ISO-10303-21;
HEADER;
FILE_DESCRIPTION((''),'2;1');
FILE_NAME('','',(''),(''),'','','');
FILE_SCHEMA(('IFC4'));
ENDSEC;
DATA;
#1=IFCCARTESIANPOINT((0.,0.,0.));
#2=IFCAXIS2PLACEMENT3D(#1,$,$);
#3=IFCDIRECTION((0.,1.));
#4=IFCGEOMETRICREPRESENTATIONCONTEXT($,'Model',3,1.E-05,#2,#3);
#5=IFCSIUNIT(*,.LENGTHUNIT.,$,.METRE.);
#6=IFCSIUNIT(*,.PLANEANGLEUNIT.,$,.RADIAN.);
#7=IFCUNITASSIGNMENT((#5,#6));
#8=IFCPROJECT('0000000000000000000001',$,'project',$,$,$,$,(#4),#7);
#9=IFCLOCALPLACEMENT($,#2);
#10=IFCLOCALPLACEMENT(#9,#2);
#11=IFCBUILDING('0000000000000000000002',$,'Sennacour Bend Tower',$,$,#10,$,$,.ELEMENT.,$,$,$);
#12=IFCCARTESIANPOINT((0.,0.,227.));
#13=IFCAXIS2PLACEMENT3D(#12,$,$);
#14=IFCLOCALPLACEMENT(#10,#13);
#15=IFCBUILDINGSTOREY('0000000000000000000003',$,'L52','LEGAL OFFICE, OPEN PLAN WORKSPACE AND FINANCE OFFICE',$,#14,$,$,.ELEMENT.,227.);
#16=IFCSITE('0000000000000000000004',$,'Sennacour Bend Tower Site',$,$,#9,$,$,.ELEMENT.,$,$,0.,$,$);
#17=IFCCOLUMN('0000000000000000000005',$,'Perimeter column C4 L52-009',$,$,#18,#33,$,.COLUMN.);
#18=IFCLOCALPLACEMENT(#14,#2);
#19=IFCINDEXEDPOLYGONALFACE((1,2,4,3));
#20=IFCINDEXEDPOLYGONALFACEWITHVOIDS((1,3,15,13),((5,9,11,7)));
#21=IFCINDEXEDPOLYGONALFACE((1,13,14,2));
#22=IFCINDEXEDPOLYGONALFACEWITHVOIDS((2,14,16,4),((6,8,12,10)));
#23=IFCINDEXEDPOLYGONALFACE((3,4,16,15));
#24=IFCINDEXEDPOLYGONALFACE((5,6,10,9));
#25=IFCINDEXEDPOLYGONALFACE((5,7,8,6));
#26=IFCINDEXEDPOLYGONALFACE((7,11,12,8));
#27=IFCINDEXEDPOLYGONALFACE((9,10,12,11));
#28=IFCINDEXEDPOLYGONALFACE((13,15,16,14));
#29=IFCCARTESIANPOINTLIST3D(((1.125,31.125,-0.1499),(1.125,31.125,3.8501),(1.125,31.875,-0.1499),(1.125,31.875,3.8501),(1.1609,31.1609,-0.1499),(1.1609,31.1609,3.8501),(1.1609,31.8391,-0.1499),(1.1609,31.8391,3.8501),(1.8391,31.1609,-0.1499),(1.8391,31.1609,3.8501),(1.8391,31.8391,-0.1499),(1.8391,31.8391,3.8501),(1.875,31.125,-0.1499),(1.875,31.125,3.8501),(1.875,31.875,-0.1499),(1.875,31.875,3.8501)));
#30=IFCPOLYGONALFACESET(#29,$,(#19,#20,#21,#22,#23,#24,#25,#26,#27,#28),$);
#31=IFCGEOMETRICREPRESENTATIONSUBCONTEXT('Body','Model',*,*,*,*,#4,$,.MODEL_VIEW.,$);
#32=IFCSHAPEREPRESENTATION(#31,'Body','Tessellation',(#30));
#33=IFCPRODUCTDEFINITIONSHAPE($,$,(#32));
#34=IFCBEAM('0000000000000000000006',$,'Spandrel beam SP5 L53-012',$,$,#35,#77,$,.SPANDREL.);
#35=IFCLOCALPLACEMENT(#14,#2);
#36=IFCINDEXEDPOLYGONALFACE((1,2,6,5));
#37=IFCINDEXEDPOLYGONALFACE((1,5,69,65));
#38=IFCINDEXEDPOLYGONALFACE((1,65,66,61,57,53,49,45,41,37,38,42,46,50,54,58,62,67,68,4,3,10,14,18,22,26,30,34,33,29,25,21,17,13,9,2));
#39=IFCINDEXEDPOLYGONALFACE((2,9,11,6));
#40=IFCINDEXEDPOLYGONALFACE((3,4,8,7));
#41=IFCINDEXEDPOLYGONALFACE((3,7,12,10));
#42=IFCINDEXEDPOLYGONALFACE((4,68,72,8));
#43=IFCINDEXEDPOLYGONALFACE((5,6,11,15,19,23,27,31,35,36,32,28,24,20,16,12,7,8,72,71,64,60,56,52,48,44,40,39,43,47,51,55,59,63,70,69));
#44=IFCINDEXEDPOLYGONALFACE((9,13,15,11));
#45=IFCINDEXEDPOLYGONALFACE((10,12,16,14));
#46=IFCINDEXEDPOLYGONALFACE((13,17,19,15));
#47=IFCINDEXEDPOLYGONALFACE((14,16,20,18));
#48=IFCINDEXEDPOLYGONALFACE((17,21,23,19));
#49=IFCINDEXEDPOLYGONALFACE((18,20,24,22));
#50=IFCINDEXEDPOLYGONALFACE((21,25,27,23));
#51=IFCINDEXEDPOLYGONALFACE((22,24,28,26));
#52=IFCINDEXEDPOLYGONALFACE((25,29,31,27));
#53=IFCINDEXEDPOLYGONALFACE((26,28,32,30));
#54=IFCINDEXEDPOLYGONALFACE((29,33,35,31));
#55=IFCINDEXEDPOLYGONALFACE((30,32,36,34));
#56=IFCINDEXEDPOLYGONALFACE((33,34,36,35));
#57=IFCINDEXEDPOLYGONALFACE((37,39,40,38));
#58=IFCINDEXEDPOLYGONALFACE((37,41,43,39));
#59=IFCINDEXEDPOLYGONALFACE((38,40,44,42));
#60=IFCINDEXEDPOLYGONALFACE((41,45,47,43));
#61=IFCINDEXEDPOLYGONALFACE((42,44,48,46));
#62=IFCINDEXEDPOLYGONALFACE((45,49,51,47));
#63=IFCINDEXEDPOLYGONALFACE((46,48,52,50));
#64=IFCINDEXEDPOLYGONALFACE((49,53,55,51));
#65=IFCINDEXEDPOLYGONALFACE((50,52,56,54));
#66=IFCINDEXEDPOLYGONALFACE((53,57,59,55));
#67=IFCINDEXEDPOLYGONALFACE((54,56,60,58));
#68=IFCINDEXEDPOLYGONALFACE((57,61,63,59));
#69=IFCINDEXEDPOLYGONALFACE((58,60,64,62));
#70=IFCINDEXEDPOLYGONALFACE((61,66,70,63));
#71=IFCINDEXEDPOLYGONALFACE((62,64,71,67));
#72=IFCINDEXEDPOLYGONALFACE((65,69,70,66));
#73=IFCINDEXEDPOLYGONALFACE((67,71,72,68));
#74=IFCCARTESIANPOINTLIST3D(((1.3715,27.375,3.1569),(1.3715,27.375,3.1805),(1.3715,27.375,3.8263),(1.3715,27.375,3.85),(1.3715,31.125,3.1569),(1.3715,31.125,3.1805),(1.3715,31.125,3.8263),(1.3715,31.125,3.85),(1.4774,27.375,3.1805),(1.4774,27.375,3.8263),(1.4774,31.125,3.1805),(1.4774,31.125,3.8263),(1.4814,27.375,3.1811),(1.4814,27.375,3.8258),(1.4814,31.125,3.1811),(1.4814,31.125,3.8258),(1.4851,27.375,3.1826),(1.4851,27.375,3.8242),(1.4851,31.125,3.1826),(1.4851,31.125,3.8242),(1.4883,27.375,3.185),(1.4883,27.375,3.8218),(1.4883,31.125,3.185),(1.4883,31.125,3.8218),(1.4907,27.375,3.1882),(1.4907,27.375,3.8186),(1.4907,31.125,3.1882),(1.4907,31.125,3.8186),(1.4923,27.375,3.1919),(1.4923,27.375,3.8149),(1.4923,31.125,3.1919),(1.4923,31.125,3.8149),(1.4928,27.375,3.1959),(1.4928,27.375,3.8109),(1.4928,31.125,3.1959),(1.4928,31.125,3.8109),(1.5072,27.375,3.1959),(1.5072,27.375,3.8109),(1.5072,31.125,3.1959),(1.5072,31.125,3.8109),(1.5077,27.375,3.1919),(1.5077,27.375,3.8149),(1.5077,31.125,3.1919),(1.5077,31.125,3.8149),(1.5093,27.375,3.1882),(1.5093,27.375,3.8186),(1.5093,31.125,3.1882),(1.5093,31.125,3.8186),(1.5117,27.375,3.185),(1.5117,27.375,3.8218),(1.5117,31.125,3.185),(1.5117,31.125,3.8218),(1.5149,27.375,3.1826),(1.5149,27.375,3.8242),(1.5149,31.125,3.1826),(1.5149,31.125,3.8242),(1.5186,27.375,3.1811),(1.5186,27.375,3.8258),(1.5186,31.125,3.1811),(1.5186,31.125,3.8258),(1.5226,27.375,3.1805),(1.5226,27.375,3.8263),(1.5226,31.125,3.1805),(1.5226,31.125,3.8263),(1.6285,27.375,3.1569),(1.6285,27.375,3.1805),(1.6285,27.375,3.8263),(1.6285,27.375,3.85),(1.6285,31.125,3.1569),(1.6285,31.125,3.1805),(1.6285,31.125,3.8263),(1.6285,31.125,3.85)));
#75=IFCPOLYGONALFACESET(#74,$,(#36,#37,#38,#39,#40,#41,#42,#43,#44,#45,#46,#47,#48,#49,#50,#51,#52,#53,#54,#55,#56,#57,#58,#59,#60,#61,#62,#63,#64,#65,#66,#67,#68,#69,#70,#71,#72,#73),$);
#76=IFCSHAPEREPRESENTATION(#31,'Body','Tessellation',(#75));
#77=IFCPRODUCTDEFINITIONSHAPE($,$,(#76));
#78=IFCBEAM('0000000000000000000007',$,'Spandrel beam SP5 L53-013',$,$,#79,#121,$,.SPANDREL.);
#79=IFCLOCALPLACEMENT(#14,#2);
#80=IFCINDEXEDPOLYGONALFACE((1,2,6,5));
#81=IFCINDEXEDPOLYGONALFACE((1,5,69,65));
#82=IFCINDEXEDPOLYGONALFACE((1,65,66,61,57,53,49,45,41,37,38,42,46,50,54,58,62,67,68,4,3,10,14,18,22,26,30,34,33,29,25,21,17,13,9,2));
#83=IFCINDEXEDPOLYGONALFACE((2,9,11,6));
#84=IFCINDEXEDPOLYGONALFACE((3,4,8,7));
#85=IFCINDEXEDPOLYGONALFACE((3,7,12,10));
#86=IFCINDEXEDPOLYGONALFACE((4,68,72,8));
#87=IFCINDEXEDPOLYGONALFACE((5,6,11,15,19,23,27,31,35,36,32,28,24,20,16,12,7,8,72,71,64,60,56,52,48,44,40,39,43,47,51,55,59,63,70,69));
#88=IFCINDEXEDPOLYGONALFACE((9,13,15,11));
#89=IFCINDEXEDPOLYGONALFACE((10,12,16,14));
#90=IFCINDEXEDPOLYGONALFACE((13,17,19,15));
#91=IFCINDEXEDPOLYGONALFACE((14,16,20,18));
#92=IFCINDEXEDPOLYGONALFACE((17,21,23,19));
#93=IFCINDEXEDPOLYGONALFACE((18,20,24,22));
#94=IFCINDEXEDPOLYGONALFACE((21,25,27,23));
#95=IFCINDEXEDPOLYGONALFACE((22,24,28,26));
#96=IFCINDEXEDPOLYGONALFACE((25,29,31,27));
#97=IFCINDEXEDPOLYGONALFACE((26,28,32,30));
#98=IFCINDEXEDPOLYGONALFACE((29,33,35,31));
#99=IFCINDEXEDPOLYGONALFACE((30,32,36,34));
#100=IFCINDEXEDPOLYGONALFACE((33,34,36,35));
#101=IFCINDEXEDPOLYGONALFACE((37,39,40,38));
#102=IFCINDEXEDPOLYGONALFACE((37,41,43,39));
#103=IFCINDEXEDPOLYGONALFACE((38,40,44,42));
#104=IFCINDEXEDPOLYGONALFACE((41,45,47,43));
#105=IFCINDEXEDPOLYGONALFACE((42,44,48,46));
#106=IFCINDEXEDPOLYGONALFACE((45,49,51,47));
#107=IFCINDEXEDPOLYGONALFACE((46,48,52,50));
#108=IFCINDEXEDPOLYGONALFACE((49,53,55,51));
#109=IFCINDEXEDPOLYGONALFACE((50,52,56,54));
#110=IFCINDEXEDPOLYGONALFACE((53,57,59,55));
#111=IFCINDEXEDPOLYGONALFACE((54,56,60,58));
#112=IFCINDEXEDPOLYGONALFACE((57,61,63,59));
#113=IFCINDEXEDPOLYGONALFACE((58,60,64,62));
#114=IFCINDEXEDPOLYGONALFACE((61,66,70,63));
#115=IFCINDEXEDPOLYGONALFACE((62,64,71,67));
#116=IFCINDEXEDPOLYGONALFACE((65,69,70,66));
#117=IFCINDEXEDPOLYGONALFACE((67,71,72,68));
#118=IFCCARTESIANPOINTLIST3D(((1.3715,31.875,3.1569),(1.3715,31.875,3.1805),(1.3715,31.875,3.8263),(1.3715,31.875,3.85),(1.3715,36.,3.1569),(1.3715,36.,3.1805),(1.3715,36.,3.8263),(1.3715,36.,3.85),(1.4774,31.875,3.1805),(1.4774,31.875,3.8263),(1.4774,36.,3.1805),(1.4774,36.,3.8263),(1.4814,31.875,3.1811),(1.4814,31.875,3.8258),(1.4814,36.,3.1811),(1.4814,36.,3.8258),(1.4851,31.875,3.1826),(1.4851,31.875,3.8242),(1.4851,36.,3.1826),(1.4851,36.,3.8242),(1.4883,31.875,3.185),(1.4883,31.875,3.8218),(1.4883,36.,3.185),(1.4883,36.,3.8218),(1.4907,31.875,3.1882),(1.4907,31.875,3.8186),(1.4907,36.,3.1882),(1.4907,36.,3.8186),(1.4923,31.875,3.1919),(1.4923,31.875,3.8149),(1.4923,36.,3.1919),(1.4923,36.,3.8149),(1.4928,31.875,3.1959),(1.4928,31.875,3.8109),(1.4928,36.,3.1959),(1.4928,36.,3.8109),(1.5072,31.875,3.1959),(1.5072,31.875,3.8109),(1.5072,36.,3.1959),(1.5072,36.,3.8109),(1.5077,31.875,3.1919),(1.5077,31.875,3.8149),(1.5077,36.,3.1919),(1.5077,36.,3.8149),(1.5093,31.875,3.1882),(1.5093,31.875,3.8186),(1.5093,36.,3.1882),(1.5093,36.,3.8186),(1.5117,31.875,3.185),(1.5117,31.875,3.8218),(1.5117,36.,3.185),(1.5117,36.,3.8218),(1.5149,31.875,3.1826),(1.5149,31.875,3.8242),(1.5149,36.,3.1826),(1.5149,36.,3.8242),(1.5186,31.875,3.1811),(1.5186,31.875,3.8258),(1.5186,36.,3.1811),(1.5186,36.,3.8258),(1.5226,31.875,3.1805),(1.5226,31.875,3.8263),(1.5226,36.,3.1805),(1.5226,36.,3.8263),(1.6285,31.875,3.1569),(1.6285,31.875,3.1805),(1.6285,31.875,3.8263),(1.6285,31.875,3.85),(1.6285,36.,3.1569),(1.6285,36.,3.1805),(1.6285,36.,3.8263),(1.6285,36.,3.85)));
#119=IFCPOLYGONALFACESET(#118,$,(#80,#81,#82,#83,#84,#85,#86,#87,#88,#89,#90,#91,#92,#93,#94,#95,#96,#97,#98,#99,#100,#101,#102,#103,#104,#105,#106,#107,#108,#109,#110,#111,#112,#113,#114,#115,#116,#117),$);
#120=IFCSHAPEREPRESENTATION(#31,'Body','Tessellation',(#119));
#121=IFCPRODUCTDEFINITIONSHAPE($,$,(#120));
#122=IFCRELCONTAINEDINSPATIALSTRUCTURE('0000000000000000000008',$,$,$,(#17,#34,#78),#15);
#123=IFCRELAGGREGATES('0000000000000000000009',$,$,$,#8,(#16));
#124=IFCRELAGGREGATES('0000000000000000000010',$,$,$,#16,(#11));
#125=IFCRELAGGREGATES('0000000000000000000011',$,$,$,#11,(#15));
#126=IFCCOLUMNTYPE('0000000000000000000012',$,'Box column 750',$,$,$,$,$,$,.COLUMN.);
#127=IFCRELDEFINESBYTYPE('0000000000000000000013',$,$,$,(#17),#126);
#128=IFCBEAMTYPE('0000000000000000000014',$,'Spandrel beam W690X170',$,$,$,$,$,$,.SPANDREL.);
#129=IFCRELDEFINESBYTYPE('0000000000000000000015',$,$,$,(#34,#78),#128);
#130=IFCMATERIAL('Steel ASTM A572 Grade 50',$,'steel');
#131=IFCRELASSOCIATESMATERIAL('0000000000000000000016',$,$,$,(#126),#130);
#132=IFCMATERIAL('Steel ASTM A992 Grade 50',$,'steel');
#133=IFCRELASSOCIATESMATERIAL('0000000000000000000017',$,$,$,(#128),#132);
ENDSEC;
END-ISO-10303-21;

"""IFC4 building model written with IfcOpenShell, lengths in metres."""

from ifc_helpers import new_model, si_unit, direction, frame, origin, origin_2d, place, context, subcontext, project, spatial, hollow_rectangle, i_section, extrude, material, material_profile, profile_set, type_object, element, save


model = new_model("IFC4")

# Units and contexts
model_context = context("Model", 3, precision=1e-05, world=origin(), true_north=direction((0.0, 1.0)))
body_context = subcontext(model_context, "Body", "Model", "MODEL_VIEW")
ifc_project = project(units=[si_unit("LENGTHUNIT", "METRE"), si_unit("PLANEANGLEUNIT", "RADIAN")], contexts=[model_context])

# Site, building, storey
site_placement = place(None, origin())
site = spatial("IfcSite", under=ifc_project, at=site_placement, Name="Sennacour Bend Tower Site", CompositionType="ELEMENT", RefElevation=0.0)
building_placement = place(site_placement, origin())
building = spatial("IfcBuilding", under=site, at=building_placement, Name="Sennacour Bend Tower", CompositionType="ELEMENT")
storey_placement = place(building_placement, frame((0.0, 0.0, 227.0)))
storey = spatial("IfcBuildingStorey", under=building, at=storey_placement, Name="L52", Description="LEGAL OFFICE, OPEN PLAN WORKSPACE AND FINANCE OFFICE", CompositionType="ELEMENT", Elevation=227.0)

# Column
ifc_material_1 = material(Name="Steel ASTM A572 Grade 50", Category="steel")
ifc_material_profile_1 = material_profile(ifc_material_1, hollow_rectangle(XDim=0.75, YDim=0.75, WallThickness=0.0359, at=origin_2d()), Name="Steel ASTM A572 Grade 50", Category="steel")
ifc_profile_set_1 = profile_set([ifc_material_profile_1], Name="Steel ASTM A572 Grade 50")
column_type = type_object("IfcColumnType", Name="Box column 750", PredefinedType="COLUMN", material=ifc_profile_set_1)
column_placement = place(storey_placement, frame((1.5, 31.5, -0.1499), z_axis=(0.0, 0.0, 1.0), x_axis=(1.0, 0.0, 0.0)))
element("IfcColumn", 1, at=column_placement, inside=storey, type_object=column_type, Name="Perimeter column C4 L52-009", PredefinedType="COLUMN", context=body_context, shape_type="SweptSolid", body=[
    extrude(hollow_rectangle(XDim=0.75, YDim=0.75, WallThickness=0.0359, at=origin_2d()), origin(), (0.0, 0.0, 1.0), 4.0),
])

# Beams
ifc_material_2 = material(Name="Steel ASTM A992 Grade 50", Category="steel")
ifc_material_profile_2 = material_profile(ifc_material_2, i_section(OverallWidth=0.2571, OverallDepth=0.6931, WebThickness=0.0144, FlangeThickness=0.0237, FilletRadius=0.0154, at=origin_2d()), Name="Steel ASTM A992 Grade 50", Category="steel")
ifc_profile_set_2 = profile_set([ifc_material_profile_2], Name="Steel ASTM A992 Grade 50")
beam_type = type_object("IfcBeamType", Name="Spandrel beam W690X170", PredefinedType="SPANDREL", material=ifc_profile_set_2)
beam_1_placement = place(storey_placement, frame((1.5, 27.375, 3.5034), z_axis=(0.0, 1.0, 0.0), x_axis=(-1.0, 0.0, 0.0)))
element("IfcBeam", 2, at=beam_1_placement, inside=storey, type_object=beam_type, Name="Spandrel beam SP5 L53-012", PredefinedType="SPANDREL", context=body_context, shape_type="SweptSolid", body=[
    extrude(i_section(OverallWidth=0.2571, OverallDepth=0.6931, WebThickness=0.0144, FlangeThickness=0.0237, FilletRadius=0.0154, at=origin_2d()), origin(), (0.0, 0.0, 1.0), 3.75),
])
beam_2_placement = place(storey_placement, frame((1.5, 31.875, 3.5034), z_axis=(0.0, 1.0, 0.0), x_axis=(-1.0, 0.0, 0.0)))
element("IfcBeam", 3, at=beam_2_placement, inside=storey, type_object=beam_type, Name="Spandrel beam SP5 L53-013", PredefinedType="SPANDREL", context=body_context, shape_type="SweptSolid", body=[
    extrude(i_section(OverallWidth=0.2571, OverallDepth=0.6931, WebThickness=0.0144, FlangeThickness=0.0237, FilletRadius=0.0154, at=origin_2d()), origin(), (0.0, 0.0, 1.0), 4.125),
])

save(model, "model.ifc")
